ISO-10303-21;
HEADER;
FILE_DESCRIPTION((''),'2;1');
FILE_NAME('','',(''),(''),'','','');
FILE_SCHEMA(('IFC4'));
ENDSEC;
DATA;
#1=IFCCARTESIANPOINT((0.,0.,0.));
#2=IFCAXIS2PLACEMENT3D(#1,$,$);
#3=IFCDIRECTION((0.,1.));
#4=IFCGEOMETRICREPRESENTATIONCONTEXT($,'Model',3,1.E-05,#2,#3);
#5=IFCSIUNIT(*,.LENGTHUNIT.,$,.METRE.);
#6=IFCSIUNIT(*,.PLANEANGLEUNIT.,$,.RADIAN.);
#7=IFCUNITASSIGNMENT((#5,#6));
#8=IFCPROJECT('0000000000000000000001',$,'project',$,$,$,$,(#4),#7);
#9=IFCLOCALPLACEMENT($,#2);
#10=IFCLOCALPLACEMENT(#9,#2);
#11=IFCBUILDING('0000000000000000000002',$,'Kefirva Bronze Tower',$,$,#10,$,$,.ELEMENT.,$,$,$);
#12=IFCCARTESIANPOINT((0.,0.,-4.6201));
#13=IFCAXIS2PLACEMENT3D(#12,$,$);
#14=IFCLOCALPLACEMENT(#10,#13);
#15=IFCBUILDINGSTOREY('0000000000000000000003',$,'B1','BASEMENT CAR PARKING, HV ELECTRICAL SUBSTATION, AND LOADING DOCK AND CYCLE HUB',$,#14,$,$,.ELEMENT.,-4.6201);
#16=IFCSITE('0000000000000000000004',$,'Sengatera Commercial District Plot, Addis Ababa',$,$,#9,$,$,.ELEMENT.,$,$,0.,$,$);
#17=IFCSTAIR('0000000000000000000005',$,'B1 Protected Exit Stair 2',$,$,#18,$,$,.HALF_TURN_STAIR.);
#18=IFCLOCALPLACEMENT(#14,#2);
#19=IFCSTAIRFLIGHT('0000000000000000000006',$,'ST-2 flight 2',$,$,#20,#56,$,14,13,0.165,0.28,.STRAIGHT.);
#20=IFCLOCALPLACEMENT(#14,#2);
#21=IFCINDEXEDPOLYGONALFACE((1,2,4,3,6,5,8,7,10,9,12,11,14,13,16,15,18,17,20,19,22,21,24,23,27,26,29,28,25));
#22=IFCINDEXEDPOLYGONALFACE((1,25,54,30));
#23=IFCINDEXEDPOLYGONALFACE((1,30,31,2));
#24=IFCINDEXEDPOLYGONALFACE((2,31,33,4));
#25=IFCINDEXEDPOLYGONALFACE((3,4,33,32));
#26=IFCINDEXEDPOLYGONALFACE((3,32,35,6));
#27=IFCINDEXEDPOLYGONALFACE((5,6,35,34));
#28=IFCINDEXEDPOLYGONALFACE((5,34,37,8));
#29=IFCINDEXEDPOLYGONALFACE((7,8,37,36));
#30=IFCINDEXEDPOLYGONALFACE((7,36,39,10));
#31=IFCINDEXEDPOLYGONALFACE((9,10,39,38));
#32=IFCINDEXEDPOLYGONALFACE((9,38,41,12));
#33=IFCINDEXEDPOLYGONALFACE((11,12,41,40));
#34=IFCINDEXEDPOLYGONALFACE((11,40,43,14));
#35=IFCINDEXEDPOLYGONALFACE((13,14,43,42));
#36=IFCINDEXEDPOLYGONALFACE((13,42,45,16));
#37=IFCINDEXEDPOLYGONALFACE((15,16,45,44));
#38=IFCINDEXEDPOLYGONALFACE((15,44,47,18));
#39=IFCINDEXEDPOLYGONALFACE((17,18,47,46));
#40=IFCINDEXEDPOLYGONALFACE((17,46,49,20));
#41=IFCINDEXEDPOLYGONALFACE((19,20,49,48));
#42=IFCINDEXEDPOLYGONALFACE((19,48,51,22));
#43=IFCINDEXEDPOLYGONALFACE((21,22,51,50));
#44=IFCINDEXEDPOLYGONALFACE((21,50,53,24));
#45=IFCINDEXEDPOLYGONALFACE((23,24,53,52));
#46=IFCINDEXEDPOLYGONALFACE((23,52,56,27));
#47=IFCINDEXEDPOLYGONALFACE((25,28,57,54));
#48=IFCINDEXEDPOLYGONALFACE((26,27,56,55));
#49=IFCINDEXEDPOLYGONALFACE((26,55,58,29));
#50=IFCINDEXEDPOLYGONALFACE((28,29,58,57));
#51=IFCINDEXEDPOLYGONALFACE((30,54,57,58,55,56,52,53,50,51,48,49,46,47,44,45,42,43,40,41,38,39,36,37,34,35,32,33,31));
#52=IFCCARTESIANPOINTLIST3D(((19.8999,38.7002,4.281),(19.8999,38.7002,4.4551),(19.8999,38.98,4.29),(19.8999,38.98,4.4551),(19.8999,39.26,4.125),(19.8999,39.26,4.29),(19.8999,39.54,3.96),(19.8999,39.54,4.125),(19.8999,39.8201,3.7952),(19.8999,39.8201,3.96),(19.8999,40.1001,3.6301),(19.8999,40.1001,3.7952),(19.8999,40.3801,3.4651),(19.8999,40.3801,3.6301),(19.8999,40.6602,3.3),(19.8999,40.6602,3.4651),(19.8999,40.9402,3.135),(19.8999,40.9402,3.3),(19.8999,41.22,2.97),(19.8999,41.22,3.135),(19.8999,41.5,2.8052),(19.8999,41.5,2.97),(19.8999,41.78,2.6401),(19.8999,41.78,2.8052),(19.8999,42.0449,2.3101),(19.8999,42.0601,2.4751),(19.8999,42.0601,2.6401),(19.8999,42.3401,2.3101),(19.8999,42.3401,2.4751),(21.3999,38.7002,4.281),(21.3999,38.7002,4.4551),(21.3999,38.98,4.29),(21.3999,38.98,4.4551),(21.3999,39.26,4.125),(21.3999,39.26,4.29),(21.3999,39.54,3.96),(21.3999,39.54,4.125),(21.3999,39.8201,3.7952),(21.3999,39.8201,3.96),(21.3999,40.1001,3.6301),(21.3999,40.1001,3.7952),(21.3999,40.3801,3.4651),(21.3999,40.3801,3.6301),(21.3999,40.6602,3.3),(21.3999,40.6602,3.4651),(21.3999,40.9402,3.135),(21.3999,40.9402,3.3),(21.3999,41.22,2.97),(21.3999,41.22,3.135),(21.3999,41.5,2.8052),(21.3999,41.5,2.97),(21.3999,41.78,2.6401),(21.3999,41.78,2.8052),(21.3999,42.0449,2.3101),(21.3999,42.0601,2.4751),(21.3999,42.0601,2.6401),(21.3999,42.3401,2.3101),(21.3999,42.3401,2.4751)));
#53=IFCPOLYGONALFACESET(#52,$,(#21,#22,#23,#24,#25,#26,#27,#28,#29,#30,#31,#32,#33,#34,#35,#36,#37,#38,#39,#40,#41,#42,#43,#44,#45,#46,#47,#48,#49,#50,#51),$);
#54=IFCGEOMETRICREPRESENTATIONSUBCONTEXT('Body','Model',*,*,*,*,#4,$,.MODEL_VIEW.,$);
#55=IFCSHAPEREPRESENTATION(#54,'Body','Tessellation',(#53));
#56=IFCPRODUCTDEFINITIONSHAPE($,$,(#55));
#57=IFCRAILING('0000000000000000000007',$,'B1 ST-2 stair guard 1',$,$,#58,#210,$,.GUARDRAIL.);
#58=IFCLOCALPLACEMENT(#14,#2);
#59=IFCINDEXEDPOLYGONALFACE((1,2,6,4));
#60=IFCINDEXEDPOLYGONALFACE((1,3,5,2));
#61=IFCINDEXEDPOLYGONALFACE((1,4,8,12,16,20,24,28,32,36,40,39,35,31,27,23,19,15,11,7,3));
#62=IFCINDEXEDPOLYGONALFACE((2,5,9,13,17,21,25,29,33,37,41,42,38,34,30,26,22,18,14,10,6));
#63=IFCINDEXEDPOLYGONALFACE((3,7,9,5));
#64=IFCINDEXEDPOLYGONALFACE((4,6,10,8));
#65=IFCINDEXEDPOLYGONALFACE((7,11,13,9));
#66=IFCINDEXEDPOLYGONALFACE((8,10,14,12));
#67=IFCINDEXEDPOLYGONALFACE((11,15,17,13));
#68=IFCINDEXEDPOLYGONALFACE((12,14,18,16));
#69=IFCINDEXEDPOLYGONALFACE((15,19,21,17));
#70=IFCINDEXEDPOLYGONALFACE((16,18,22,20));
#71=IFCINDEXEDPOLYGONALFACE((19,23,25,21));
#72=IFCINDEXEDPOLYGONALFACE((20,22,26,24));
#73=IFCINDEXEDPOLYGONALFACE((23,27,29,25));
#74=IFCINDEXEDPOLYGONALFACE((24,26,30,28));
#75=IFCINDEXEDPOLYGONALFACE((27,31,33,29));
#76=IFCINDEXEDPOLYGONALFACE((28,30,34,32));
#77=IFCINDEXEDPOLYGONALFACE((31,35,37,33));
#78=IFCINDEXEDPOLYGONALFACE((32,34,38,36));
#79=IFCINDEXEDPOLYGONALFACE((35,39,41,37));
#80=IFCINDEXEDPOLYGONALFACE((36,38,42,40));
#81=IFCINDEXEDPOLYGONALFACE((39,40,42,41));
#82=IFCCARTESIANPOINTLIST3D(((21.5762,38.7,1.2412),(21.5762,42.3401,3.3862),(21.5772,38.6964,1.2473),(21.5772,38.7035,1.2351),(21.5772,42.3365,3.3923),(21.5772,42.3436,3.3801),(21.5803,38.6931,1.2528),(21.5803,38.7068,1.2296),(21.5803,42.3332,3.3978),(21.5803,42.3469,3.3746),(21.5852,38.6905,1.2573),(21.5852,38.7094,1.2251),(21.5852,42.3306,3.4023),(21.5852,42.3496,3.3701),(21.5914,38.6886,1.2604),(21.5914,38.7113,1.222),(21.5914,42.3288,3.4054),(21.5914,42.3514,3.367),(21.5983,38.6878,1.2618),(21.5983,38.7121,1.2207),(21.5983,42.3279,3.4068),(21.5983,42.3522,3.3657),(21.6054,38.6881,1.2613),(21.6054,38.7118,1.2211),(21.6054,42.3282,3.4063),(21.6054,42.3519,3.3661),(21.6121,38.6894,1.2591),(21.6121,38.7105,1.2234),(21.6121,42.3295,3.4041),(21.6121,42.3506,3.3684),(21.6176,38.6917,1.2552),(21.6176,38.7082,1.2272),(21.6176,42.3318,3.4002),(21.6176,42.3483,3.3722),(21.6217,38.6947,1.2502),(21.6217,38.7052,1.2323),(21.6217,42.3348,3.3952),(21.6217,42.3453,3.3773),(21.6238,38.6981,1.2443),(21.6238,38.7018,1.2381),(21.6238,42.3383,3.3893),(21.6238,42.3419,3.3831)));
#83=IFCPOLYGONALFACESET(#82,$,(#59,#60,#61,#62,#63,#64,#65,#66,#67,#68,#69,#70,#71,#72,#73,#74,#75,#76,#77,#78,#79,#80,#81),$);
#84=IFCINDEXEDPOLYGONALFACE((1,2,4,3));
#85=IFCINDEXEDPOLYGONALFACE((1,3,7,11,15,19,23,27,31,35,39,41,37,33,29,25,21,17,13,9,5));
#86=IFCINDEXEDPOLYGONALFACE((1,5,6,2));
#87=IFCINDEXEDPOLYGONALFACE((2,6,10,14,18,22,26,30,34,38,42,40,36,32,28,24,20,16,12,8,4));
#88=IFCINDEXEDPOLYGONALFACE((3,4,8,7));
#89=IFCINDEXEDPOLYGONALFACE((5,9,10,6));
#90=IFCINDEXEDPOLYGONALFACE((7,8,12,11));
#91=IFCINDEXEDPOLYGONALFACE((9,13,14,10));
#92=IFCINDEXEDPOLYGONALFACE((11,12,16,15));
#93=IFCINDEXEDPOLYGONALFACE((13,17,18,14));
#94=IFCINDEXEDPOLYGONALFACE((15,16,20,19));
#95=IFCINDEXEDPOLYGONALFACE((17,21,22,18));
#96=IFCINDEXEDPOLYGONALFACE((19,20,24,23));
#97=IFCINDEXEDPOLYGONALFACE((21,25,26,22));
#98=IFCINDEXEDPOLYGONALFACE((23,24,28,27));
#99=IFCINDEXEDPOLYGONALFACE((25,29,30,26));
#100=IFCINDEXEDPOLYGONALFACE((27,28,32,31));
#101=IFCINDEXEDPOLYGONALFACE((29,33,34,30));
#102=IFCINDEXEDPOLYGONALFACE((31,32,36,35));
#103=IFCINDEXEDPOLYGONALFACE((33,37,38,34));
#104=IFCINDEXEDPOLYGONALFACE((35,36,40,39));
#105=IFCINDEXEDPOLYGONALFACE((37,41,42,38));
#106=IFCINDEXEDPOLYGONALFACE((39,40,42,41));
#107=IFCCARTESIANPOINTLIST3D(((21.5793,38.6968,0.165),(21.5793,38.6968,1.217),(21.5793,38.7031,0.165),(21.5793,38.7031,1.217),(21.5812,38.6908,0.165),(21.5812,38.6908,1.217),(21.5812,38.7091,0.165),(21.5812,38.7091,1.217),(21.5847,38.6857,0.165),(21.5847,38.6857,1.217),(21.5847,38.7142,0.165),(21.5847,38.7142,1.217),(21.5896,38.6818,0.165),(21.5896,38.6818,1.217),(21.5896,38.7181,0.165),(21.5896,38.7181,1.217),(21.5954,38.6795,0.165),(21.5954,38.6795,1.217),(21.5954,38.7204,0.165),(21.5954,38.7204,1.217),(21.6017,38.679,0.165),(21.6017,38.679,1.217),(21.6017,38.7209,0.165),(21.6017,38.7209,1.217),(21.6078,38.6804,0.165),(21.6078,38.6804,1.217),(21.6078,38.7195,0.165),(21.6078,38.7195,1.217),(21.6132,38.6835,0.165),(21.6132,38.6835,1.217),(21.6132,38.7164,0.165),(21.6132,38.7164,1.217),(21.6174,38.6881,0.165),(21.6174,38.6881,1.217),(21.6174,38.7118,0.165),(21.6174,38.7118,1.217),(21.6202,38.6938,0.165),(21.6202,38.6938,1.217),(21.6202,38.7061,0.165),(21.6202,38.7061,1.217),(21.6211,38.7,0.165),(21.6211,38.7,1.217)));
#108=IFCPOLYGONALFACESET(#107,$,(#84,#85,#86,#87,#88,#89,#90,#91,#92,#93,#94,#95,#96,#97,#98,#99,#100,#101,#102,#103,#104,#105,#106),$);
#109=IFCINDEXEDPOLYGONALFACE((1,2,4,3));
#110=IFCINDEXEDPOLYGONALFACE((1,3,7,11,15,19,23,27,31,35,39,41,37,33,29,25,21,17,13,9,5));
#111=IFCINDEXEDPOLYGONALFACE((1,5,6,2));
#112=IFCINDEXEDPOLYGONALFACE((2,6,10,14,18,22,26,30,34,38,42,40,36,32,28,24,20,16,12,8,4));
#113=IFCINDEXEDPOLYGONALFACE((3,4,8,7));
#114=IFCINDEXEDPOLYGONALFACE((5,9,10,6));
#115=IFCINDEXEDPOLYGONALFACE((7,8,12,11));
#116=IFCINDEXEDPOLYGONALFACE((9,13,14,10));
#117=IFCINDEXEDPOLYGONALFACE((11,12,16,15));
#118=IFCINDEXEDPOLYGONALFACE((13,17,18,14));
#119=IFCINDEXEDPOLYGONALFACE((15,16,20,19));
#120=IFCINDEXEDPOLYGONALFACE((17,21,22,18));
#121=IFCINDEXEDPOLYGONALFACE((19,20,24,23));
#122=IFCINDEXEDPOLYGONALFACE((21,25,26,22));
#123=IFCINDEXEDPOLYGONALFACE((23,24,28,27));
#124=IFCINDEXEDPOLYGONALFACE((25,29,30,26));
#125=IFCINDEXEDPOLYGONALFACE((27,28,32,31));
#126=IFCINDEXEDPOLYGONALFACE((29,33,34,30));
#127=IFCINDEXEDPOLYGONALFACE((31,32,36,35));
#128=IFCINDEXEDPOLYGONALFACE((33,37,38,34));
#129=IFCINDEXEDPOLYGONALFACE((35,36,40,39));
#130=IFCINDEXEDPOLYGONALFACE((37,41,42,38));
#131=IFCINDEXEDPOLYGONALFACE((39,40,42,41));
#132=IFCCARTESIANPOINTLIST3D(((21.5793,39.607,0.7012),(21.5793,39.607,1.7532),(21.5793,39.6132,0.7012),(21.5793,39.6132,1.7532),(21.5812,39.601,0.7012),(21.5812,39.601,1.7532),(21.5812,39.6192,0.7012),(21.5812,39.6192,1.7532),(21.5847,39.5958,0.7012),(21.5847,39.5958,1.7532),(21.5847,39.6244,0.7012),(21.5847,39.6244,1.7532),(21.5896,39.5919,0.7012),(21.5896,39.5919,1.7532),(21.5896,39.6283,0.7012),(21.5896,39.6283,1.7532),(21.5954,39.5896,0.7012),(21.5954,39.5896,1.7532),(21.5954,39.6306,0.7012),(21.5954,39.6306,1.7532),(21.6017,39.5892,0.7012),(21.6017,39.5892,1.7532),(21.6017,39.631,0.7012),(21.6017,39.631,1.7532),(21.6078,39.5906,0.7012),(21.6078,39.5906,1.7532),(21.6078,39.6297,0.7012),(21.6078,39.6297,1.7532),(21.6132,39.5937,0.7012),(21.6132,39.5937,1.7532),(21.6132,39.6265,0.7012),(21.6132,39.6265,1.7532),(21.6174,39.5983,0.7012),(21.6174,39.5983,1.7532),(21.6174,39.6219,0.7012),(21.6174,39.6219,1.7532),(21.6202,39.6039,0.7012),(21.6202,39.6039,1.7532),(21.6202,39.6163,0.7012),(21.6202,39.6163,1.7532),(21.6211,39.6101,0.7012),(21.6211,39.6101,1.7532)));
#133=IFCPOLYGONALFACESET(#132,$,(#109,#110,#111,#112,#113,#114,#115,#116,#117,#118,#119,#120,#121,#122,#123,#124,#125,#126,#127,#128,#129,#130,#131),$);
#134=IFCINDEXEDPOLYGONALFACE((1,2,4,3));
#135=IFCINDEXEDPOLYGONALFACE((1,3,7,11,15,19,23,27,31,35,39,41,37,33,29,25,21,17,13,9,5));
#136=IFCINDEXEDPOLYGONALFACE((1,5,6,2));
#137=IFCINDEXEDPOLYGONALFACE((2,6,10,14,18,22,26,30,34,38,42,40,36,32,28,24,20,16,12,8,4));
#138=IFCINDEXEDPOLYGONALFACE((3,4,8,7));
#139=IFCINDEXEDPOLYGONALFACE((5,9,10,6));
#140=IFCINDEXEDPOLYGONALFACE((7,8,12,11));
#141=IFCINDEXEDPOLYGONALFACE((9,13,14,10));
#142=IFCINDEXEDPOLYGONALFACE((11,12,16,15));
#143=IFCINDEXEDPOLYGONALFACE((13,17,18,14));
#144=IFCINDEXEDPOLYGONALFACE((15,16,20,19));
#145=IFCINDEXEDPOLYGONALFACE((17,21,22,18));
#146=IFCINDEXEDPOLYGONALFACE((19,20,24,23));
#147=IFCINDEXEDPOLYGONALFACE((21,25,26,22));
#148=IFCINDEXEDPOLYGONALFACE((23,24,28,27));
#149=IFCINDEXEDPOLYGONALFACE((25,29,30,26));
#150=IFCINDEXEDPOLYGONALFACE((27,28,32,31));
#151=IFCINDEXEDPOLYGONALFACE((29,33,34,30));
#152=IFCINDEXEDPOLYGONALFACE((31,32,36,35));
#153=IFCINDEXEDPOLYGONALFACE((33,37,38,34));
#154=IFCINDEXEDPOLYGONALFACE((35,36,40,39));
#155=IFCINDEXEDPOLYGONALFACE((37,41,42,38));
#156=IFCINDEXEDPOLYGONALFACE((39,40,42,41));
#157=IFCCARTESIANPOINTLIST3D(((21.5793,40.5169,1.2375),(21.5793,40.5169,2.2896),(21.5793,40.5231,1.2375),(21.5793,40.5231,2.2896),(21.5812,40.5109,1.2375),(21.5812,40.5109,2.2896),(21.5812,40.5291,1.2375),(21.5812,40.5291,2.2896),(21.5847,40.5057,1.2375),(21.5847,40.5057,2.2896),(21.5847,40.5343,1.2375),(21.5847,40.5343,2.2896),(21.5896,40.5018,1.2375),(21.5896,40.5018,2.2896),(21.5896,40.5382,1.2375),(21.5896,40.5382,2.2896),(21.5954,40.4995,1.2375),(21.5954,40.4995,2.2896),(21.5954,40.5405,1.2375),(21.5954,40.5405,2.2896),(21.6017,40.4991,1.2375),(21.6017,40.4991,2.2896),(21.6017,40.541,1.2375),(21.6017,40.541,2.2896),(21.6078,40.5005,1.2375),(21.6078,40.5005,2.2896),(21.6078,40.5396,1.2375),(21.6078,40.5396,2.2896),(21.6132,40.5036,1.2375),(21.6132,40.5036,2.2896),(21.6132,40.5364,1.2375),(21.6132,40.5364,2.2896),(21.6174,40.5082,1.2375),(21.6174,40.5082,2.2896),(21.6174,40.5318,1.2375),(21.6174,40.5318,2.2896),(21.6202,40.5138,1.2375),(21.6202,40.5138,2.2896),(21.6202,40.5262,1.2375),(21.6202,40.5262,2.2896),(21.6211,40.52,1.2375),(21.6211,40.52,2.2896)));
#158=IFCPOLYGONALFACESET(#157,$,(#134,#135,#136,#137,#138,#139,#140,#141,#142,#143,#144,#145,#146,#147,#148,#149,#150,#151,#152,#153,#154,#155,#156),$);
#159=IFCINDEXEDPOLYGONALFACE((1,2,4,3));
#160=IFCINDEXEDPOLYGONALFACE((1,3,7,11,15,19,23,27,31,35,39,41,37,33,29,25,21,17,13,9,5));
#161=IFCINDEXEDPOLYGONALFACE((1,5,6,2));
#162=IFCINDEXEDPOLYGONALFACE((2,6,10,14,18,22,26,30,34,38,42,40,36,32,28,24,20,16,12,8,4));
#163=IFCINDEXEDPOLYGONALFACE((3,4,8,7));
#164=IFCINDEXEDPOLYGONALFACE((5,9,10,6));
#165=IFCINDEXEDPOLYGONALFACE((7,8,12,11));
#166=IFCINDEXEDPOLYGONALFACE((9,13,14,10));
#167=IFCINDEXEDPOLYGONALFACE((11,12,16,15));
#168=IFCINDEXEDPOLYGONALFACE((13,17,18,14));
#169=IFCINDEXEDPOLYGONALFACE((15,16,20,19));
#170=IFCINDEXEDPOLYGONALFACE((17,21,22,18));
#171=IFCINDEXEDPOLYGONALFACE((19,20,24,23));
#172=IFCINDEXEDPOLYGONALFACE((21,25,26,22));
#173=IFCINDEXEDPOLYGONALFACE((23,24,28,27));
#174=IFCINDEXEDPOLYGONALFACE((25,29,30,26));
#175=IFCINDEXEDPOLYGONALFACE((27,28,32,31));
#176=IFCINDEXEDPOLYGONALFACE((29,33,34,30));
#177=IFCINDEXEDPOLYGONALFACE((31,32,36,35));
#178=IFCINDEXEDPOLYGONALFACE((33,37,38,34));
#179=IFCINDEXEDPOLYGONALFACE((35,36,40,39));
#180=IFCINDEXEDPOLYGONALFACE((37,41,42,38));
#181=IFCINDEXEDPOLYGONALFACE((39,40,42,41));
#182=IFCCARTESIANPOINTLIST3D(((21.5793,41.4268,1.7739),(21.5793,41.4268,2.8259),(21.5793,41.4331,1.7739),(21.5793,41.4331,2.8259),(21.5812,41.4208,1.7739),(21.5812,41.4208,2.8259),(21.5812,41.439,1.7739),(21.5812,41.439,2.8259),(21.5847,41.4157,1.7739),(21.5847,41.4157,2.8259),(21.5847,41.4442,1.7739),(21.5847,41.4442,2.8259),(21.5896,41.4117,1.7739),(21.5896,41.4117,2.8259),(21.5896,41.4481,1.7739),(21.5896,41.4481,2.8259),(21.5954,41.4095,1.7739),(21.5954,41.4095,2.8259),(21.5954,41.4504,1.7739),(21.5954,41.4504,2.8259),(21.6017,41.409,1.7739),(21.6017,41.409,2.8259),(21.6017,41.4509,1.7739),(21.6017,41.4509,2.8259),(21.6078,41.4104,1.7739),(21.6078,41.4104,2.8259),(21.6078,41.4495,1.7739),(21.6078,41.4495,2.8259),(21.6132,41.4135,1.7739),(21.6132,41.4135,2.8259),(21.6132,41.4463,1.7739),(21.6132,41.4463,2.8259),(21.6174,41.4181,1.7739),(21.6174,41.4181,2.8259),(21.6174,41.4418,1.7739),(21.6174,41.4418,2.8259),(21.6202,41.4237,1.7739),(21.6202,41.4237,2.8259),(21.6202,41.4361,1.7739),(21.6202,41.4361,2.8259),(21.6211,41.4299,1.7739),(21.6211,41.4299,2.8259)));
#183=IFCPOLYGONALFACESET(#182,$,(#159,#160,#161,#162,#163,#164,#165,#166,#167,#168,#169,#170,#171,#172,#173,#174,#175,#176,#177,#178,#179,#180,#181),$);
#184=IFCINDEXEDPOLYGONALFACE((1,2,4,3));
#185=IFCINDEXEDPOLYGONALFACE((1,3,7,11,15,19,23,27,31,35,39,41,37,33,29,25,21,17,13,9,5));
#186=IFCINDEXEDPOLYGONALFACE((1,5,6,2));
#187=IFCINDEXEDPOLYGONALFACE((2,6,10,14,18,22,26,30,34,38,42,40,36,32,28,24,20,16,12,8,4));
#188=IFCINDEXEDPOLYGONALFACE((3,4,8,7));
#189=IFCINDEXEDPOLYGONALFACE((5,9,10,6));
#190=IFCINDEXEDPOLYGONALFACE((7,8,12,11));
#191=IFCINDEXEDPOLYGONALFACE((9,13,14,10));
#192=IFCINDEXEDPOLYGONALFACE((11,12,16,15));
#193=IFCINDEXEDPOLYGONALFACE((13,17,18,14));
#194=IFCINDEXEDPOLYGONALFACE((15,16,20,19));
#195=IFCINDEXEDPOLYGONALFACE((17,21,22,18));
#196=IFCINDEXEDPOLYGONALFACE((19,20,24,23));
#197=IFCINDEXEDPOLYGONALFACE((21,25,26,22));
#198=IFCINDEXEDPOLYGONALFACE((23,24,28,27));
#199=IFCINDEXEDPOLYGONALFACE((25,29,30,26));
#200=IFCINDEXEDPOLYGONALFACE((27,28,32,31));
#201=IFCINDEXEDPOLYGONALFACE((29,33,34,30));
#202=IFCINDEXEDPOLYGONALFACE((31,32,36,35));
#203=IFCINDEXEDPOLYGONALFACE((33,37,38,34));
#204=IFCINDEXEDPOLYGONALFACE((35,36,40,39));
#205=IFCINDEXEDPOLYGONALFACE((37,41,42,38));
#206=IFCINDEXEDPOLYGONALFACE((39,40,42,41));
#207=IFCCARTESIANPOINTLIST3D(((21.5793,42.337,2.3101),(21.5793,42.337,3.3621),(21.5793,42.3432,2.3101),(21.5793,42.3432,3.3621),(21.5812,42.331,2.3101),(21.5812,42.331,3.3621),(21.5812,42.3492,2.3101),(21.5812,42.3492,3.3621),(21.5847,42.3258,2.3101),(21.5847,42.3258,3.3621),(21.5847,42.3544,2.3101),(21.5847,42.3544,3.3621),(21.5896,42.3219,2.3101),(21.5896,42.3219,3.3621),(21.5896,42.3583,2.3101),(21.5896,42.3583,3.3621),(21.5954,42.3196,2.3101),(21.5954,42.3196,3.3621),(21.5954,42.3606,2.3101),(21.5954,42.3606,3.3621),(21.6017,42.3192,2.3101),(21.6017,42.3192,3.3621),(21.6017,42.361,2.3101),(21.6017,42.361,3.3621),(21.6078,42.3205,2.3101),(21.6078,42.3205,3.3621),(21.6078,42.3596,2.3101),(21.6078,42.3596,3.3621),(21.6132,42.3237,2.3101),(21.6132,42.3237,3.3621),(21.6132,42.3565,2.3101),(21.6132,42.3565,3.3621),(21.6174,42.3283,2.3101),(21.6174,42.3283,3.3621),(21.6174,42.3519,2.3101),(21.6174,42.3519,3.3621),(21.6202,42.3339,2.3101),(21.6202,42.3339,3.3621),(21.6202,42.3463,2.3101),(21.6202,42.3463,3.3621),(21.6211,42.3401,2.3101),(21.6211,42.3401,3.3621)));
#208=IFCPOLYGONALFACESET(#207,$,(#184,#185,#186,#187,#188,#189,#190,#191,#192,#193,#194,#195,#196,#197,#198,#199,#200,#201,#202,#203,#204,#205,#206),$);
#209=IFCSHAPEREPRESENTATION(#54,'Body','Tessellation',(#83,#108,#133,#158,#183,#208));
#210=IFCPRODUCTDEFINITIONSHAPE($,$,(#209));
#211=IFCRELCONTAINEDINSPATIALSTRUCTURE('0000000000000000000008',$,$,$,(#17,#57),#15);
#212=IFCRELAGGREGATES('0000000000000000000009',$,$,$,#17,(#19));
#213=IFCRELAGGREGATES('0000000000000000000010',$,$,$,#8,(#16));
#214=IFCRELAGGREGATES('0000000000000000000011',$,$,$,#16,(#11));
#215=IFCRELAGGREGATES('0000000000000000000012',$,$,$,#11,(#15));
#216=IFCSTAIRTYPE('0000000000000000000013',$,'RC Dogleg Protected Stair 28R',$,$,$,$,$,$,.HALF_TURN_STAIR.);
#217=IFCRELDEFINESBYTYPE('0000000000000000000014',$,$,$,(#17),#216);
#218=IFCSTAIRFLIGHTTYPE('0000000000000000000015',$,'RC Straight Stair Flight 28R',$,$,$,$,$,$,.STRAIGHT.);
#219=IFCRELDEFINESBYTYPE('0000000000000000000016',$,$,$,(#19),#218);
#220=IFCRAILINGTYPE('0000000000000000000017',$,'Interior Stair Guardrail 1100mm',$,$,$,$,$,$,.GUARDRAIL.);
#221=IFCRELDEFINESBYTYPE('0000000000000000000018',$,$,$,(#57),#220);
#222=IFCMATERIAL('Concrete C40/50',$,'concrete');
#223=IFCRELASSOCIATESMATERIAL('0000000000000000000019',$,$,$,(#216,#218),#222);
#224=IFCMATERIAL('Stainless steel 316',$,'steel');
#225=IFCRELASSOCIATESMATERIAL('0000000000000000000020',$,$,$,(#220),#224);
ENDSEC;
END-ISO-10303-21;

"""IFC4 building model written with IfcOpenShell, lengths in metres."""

from ifc_helpers import new_model, si_unit, direction, frame, origin, origin_2d, place, context, subcontext, project, spatial, polyline, circle, outline, extrude, material, type_object, element, aggregate, save


model = new_model("IFC4")

# Units and contexts
model_context = context("Model", 3, precision=1e-05, world=origin(), true_north=direction((0.0, 1.0)))
body_context = subcontext(model_context, "Body", "Model", "MODEL_VIEW")
ifc_project = project(units=[si_unit("LENGTHUNIT", "METRE"), si_unit("PLANEANGLEUNIT", "RADIAN")], contexts=[model_context])

# Site, building, storey
site_placement = place(None, origin())
site = spatial("IfcSite", under=ifc_project, at=site_placement, Name="Sengatera Commercial District Plot, Addis Ababa", CompositionType="ELEMENT", RefElevation=0.0)
building_placement = place(site_placement, origin())
building = spatial("IfcBuilding", under=site, at=building_placement, Name="Kefirva Bronze Tower", CompositionType="ELEMENT")
storey_placement = place(building_placement, frame((0.0, 0.0, -4.6201)))
storey = spatial("IfcBuildingStorey", under=building, at=storey_placement, Name="B1", Description="BASEMENT CAR PARKING, HV ELECTRICAL SUBSTATION, AND LOADING DOCK AND CYCLE HUB", CompositionType="ELEMENT", Elevation=-4.6201)

# Stair, stair flight
ifc_material_1 = material(Name="Concrete C40/50", Category="concrete")
stair_type = type_object("IfcStairType", Name="RC Dogleg Protected Stair 28R", PredefinedType="HALF_TURN_STAIR", material=ifc_material_1)
stair_placement = place(storey_placement, origin())
stair = element("IfcStair", 1, at=stair_placement, inside=storey, type_object=stair_type, Name="B1 Protected Exit Stair 2", PredefinedType="HALF_TURN_STAIR")
stair_flight_type = type_object("IfcStairFlightType", Name="RC Straight Stair Flight 28R", PredefinedType="STRAIGHT", material=ifc_material_1)
stair_flight_1_placement = place(storey_placement, frame((20.6499, 42.3401, 2.3101), z_axis=(0.0, 0.0, 1.0), x_axis=(0.0, -1.0, 0.0)))
stair_flight_1 = element("IfcStairFlight", 2, at=stair_flight_1_placement, type_object=stair_flight_type, Name="ST-2 flight 2", NumberOfRisers=14, NumberOfTreads=13, PredefinedType="STRAIGHT", RiserHeight=0.165, TreadLength=0.28, context=body_context, shape_type="SweptSolid", body=[
    extrude(outline(polyline([(0.0, 0.0), (0.0, 0.165), (0.28, 0.165), (0.28, 0.3301), (0.5601, 0.3301), (0.5601, 0.4951), (0.8401, 0.4951), (0.8401, 0.6599), (1.1201, 0.6599), (1.1201, 0.825), (1.3999, 0.825), (1.3999, 0.99), (1.6799, 0.99), (1.6799, 1.155), (1.96, 1.155), (1.96, 1.3201), (2.24, 1.3201), (2.24, 1.4851), (2.52, 1.4851), (2.52, 1.6499), (2.8, 1.6499), (2.8, 1.8149), (3.0801, 1.8149), (3.0801, 1.98), (3.3601, 1.98), (3.3601, 2.145), (3.6399, 2.145), (3.6399, 2.3101), (3.6399, 1.9709), (0.2952, 0.0), (0.0, 0.0)])), frame((0.0, 0.75, 0.0), z_axis=(0.0, -1.0, 0.0), x_axis=(1.0, 0.0, 0.0)), (0.0, 0.0, 1.0), 1.5),
])
aggregate(stair, [stair_flight_1])

# Railing
ifc_material_2 = material(Name="Stainless steel 316", Category="steel")
railing_type_1 = type_object("IfcRailingType", Name="Interior Stair Guardrail 1100mm", PredefinedType="GUARDRAIL", material=ifc_material_2)
railing_1_placement = place(storey_placement, frame((21.6001, 38.7, 0.165)))
element("IfcRailing", 3, at=railing_1_placement, inside=storey, type_object=railing_type_1, Name="B1 ST-2 stair guard 1", PredefinedType="GUARDRAIL", context=body_context, shape_type="SweptSolid", body=[
    extrude(circle(Radius=0.0239, at=origin_2d()), frame((0.0, 0.0, 1.0762), z_axis=(0.0, 0.861545, 0.507682), x_axis=(-1.0, 0.0, 0.0)), (0.0, 0.0, 1.0), 4.2251),
    extrude(circle(Radius=0.021, at=origin_2d()), origin(), (0.0, 0.0, 1.0), 1.052),
    extrude(circle(Radius=0.021, at=origin_2d()), frame((0.0, 0.9102, 0.5361)), (0.0, 0.0, 1.0), 1.052),
    extrude(circle(Radius=0.021, at=origin_2d()), frame((0.0, 1.8201, 1.0725)), (0.0, 0.0, 1.0), 1.052),
    extrude(circle(Radius=0.021, at=origin_2d()), frame((0.0, 2.73, 1.6089)), (0.0, 0.0, 1.0), 1.052),
    extrude(circle(Radius=0.021, at=origin_2d()), frame((0.0, 3.6401, 2.145)), (0.0, 0.0, 1.0), 1.052),
])

save(model, "model.ifc")
